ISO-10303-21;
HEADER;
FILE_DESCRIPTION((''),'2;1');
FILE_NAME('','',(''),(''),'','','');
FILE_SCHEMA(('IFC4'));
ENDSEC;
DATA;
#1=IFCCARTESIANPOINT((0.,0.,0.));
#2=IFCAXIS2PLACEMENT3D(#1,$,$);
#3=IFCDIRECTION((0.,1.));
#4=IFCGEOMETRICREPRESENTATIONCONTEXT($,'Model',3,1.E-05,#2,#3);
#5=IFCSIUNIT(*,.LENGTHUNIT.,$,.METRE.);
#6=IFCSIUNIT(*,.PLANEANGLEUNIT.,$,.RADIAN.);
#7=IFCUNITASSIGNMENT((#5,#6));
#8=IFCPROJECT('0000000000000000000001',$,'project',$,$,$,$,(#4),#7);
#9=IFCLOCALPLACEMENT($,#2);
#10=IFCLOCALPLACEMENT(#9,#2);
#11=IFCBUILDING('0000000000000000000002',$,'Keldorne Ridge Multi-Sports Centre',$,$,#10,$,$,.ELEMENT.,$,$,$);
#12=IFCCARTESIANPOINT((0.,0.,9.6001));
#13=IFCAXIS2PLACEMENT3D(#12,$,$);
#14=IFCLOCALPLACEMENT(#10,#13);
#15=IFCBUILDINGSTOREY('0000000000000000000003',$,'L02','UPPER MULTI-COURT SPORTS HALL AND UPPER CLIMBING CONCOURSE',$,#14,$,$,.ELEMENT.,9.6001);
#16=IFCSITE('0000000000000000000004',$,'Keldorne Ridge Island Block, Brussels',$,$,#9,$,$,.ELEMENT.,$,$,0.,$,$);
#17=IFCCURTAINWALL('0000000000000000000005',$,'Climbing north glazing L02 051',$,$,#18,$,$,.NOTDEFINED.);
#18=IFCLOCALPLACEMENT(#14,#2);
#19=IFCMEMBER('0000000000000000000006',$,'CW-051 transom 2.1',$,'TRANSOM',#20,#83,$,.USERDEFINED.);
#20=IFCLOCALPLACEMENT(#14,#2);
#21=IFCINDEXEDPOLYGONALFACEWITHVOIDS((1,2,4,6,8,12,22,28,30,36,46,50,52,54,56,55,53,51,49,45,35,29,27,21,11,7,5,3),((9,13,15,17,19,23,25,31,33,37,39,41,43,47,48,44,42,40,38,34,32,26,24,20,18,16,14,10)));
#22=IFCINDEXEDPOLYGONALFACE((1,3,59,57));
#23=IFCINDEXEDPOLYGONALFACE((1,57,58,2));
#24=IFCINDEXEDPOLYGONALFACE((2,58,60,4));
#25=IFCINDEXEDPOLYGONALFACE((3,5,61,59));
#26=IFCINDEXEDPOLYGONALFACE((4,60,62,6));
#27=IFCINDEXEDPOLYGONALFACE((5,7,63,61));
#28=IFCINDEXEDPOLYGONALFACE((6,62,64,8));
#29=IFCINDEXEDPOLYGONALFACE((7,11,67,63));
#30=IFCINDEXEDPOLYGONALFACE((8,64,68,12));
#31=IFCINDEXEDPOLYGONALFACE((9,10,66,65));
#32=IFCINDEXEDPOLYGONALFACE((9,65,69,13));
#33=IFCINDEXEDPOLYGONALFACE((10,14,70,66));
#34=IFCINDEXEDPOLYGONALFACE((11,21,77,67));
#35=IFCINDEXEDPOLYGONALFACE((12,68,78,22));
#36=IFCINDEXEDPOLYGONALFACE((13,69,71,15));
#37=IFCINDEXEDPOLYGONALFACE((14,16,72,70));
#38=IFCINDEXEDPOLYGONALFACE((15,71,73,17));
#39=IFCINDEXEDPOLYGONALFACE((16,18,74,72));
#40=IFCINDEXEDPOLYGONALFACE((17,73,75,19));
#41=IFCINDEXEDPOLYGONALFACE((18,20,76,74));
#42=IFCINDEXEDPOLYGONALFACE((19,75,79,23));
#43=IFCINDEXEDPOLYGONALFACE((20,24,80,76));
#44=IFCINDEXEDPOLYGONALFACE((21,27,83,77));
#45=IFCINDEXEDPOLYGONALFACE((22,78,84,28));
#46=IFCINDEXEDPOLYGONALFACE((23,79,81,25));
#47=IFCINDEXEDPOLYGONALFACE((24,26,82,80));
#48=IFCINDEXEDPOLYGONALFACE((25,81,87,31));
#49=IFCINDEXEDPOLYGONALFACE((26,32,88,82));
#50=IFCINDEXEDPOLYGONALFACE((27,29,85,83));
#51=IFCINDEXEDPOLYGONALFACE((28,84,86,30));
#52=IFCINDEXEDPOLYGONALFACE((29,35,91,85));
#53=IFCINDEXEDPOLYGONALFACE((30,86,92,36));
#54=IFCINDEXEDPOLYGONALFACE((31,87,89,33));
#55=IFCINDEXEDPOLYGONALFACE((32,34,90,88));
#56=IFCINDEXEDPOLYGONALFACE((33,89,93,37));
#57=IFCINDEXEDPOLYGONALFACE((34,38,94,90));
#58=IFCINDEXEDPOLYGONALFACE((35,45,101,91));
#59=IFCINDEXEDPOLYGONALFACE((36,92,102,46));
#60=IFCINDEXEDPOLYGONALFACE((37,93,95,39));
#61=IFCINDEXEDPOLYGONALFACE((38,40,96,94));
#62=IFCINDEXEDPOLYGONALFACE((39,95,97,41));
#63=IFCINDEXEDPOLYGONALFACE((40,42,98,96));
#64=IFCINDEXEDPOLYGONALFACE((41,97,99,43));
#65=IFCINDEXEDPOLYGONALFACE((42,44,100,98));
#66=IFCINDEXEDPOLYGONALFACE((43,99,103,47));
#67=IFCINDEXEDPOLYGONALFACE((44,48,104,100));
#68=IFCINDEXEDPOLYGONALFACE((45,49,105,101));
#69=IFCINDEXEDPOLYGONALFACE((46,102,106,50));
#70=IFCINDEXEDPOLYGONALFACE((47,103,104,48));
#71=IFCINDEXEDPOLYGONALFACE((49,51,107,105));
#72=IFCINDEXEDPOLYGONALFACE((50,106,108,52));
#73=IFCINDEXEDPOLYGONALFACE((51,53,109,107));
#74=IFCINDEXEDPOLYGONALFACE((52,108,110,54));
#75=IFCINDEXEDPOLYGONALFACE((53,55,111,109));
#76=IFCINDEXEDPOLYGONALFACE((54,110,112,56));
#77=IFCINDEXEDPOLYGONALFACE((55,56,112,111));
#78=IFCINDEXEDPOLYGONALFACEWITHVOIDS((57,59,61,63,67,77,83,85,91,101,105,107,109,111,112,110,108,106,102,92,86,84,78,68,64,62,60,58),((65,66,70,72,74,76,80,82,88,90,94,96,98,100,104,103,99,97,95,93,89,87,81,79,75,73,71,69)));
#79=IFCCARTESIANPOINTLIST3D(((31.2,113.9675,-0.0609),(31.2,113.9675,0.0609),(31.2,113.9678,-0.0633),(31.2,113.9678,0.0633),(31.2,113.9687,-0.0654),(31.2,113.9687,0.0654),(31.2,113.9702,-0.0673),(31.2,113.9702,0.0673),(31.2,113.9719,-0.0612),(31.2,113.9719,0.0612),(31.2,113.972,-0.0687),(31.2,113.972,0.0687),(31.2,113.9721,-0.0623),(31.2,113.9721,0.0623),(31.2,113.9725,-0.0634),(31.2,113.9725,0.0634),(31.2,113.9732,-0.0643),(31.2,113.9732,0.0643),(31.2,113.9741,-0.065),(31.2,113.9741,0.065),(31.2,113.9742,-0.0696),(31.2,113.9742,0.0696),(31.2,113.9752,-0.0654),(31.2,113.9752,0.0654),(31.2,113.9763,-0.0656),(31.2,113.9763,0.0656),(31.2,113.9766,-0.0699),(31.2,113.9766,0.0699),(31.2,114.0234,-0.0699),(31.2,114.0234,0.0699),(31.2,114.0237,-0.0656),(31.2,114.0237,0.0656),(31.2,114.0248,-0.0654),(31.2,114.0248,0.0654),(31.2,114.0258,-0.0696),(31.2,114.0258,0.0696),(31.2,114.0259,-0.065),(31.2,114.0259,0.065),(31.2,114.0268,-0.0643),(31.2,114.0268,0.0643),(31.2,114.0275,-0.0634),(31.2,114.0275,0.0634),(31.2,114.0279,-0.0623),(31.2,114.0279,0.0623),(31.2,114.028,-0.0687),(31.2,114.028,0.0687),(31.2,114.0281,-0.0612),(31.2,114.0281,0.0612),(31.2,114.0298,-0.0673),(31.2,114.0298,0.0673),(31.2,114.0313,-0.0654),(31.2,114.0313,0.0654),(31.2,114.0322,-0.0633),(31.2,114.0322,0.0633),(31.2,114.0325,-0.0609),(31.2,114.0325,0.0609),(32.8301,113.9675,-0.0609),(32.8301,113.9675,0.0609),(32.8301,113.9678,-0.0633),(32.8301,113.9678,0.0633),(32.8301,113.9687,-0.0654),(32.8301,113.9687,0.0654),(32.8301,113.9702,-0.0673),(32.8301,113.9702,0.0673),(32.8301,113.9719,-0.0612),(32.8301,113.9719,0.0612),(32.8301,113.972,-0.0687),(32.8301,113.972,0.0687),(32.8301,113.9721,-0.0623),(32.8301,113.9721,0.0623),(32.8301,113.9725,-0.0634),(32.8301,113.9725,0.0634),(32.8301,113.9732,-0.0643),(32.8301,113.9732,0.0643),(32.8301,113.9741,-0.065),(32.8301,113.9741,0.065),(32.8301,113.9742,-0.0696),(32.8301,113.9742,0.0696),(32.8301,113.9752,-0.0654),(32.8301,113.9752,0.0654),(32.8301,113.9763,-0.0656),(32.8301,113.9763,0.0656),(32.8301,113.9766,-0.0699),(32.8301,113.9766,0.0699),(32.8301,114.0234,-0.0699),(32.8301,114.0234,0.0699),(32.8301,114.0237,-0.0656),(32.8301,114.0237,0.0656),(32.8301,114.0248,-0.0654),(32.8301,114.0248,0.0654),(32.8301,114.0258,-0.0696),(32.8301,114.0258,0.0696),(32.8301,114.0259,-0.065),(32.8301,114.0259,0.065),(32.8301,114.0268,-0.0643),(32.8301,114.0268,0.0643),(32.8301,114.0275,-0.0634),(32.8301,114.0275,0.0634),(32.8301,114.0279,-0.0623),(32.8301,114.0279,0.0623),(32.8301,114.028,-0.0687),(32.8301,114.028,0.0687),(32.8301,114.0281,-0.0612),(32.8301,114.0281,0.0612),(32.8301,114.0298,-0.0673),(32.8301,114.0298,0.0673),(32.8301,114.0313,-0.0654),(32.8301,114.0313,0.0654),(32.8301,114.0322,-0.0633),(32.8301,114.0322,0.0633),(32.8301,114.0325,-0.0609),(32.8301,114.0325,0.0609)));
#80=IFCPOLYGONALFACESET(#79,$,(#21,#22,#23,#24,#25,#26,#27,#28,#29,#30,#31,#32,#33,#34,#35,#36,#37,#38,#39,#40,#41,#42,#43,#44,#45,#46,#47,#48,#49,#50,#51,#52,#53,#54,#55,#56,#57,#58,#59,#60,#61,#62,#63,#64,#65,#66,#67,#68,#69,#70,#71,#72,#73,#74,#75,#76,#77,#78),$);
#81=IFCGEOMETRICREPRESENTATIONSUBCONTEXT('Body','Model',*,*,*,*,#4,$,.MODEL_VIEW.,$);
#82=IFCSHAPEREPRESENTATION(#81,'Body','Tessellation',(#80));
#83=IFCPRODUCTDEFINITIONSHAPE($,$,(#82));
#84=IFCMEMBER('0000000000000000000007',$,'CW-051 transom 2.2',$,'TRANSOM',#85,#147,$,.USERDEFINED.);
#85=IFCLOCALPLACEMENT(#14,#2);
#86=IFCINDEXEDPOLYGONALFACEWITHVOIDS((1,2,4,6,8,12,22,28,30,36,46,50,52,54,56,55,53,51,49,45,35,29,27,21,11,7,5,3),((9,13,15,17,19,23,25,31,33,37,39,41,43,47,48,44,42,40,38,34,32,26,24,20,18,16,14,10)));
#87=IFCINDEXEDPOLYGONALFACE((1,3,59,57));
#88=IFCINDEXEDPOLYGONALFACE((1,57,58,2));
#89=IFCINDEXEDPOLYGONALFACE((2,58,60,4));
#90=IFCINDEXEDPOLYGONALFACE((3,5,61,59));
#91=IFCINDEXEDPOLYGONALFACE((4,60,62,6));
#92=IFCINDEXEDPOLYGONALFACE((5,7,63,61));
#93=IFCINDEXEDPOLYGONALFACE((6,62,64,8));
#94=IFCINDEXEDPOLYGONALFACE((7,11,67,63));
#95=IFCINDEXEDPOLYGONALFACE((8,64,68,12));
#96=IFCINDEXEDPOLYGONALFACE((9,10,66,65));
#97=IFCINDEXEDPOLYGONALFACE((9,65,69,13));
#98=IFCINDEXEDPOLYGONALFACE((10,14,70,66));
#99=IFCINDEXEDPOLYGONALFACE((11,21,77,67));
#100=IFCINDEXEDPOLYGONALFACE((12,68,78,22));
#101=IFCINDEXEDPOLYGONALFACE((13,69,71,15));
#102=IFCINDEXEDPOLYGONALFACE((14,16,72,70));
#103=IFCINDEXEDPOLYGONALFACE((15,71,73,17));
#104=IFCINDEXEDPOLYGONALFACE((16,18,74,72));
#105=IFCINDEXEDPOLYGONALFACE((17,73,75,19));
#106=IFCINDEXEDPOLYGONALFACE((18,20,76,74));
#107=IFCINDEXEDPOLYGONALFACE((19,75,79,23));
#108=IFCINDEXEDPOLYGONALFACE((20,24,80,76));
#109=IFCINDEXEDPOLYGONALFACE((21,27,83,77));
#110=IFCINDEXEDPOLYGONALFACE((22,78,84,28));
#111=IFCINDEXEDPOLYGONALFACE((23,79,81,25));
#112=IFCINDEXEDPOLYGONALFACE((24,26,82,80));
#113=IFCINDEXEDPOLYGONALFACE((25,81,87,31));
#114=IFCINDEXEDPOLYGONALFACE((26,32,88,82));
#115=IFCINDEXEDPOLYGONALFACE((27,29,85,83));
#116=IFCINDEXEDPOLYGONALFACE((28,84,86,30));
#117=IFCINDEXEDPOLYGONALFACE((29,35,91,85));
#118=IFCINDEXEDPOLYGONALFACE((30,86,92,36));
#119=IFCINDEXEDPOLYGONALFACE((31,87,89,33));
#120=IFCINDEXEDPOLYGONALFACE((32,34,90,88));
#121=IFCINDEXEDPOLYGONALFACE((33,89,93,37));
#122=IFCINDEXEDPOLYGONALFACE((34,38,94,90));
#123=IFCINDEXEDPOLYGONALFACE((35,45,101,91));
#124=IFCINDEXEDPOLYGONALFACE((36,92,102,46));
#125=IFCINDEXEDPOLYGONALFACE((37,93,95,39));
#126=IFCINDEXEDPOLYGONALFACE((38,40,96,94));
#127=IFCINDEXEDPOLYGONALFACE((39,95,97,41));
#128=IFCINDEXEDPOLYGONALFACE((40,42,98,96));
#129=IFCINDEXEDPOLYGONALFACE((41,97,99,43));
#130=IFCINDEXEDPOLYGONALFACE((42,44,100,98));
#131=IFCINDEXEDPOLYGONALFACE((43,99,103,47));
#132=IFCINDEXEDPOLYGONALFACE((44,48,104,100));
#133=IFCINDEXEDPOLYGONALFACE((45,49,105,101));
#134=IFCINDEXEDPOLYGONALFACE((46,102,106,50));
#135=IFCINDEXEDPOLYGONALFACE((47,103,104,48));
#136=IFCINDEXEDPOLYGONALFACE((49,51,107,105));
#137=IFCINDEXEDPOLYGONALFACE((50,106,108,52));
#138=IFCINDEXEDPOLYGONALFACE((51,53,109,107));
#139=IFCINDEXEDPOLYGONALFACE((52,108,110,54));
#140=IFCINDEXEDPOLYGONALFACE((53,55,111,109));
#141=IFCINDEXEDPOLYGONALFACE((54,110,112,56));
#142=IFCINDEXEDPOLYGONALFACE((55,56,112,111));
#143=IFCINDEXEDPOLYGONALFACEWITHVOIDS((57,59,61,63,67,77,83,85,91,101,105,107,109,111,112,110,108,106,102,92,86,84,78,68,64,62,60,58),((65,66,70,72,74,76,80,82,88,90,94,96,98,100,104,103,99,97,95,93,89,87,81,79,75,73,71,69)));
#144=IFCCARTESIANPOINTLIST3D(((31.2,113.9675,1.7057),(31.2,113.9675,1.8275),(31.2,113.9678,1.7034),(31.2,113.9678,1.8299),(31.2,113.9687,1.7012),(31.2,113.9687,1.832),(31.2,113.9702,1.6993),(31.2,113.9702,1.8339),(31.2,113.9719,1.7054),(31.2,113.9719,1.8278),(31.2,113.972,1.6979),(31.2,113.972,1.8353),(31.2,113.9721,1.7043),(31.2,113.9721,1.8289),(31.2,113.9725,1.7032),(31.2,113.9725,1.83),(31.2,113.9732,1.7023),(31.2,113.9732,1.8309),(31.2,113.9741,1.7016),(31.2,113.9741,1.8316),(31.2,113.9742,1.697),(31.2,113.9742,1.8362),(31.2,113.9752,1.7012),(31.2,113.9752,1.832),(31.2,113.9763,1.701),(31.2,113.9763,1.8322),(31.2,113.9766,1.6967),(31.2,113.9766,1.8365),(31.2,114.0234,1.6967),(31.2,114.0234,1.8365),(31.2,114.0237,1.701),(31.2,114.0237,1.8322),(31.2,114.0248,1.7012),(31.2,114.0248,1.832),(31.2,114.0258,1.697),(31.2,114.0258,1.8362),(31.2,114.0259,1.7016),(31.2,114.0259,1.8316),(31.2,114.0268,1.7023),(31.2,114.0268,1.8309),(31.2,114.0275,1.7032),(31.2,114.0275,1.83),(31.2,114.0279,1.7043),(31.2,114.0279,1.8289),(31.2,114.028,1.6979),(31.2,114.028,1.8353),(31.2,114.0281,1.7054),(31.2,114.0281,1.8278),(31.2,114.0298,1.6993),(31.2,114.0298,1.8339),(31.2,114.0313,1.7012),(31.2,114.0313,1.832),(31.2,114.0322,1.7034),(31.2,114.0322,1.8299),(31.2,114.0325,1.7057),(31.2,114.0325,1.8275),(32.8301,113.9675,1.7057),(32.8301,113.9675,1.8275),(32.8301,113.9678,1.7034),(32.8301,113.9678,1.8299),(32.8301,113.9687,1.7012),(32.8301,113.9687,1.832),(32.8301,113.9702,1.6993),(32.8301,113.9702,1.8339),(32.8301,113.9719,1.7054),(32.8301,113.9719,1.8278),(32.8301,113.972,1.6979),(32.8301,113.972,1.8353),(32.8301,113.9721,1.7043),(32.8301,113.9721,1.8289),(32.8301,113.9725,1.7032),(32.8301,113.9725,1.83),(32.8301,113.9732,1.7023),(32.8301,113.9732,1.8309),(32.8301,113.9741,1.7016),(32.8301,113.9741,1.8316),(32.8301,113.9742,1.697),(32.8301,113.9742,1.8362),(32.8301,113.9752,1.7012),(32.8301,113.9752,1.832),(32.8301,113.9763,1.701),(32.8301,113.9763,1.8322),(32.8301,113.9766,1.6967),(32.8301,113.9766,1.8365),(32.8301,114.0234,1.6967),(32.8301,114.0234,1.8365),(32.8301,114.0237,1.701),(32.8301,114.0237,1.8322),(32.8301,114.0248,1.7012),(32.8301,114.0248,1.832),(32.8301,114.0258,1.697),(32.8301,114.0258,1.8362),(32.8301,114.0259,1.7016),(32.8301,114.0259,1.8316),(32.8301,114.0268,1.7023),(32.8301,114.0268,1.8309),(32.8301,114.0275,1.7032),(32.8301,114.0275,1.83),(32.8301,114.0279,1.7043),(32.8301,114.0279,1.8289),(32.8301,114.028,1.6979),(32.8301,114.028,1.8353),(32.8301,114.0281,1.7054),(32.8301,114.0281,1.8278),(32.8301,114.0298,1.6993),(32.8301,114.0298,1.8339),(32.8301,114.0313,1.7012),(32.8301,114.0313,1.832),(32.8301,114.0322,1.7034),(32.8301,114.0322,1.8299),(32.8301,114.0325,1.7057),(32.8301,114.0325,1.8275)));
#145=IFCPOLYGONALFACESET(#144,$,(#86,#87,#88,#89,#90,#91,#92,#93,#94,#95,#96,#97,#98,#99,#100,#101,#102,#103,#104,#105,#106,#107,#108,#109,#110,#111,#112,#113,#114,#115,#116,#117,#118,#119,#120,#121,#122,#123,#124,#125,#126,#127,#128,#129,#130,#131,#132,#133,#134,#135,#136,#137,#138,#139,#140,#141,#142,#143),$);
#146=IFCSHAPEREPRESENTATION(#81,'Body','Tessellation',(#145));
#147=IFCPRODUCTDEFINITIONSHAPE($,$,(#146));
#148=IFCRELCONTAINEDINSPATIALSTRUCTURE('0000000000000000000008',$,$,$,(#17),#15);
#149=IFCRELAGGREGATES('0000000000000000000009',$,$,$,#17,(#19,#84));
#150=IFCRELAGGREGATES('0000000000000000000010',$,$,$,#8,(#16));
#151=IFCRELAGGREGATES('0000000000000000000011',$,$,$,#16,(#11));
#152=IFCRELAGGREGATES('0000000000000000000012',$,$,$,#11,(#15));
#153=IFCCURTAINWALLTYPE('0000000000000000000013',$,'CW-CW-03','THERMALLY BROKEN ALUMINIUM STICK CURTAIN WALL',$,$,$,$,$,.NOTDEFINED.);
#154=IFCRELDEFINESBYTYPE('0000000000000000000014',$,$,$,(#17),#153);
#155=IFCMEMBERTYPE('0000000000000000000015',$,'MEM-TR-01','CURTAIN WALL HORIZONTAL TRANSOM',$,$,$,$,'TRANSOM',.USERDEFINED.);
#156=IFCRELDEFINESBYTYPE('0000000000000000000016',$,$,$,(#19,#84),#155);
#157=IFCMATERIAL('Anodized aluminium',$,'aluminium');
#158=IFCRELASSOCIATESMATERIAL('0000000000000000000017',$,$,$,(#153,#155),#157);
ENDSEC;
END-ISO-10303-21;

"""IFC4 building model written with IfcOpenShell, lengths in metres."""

from ifc_helpers import new_model, si_unit, direction, frame, origin, origin_2d, place, context, subcontext, project, spatial, hollow_rectangle, extrude, material, material_profile, profile_set, type_object, element, aggregate, save


model = new_model("IFC4")

# Units and contexts
model_context = context("Model", 3, precision=1e-05, world=origin(), true_north=direction((0.0, 1.0)))
body_context = subcontext(model_context, "Body", "Model", "MODEL_VIEW")
ifc_project = project(units=[si_unit("LENGTHUNIT", "METRE"), si_unit("PLANEANGLEUNIT", "RADIAN")], contexts=[model_context])

# Site, building, storey
site_placement = place(None, origin())
site = spatial("IfcSite", under=ifc_project, at=site_placement, Name="Keldorne Ridge Island Block, Brussels", CompositionType="ELEMENT", RefElevation=0.0)
building_placement = place(site_placement, origin())
building = spatial("IfcBuilding", under=site, at=building_placement, Name="Keldorne Ridge Multi-Sports Centre", CompositionType="ELEMENT")
storey_placement = place(building_placement, frame((0.0, 0.0, 9.6001)))
storey = spatial("IfcBuildingStorey", under=building, at=storey_placement, Name="L02", Description="UPPER MULTI-COURT SPORTS HALL AND UPPER CLIMBING CONCOURSE", CompositionType="ELEMENT", Elevation=9.6001)

# Curtain wall
ifc_material_1 = material(Name="Anodized aluminium", Category="aluminium")
curtain_wall_type_1 = type_object("IfcCurtainWallType", Name="CW-CW-03", Description="THERMALLY BROKEN ALUMINIUM STICK CURTAIN WALL", PredefinedType="NOTDEFINED", material=ifc_material_1)
curtain_wall_1_placement = place(storey_placement, origin())
curtain_wall_1 = element("IfcCurtainWall", 1, at=curtain_wall_1_placement, inside=storey, type_object=curtain_wall_type_1, Name="Climbing north glazing L02 051", PredefinedType="NOTDEFINED")

# Members
ifc_material_profile_1 = material_profile(ifc_material_1, hollow_rectangle(XDim=0.0649, YDim=0.1399, WallThickness=0.0044, InnerFilletRadius=0.0044, OuterFilletRadius=0.009, at=origin_2d()), Name="ALU TRANSOM 140x65x4.5")
ifc_profile_set_1 = profile_set([ifc_material_profile_1], Name="Anodized aluminium")
member_type_1 = type_object("IfcMemberType", Name="MEM-TR-01", Description="CURTAIN WALL HORIZONTAL TRANSOM", ElementType="TRANSOM", PredefinedType="USERDEFINED", material=ifc_profile_set_1)
member_1_placement = place(storey_placement, frame((32.8301, 114.0, 0.0), z_axis=(-1.0, 0.0, 0.0), x_axis=(0.0, -1.0, 0.0)))
member_1 = element("IfcMember", 2, at=member_1_placement, type_object=member_type_1, Name="CW-051 transom 2.1", ObjectType="TRANSOM", PredefinedType="USERDEFINED", context=body_context, shape_type="SweptSolid", body=[
    extrude(hollow_rectangle(XDim=0.0649, YDim=0.1399, WallThickness=0.0044, InnerFilletRadius=0.0044, OuterFilletRadius=0.009, at=origin_2d()), origin(), (0.0, 0.0, 1.0), 1.6301),
])
member_2_placement = place(storey_placement, frame((32.8301, 114.0, 1.7666), z_axis=(-1.0, 0.0, 0.0), x_axis=(0.0, -1.0, 0.0)))
member_2 = element("IfcMember", 3, at=member_2_placement, type_object=member_type_1, Name="CW-051 transom 2.2", ObjectType="TRANSOM", PredefinedType="USERDEFINED", context=body_context, shape_type="SweptSolid", body=[
    extrude(hollow_rectangle(XDim=0.0649, YDim=0.1399, WallThickness=0.0044, InnerFilletRadius=0.0044, OuterFilletRadius=0.009, at=origin_2d()), origin(), (0.0, 0.0, 1.0), 1.6301),
])

aggregate(curtain_wall_1, [member_1, member_2])

save(model, "model.ifc")
